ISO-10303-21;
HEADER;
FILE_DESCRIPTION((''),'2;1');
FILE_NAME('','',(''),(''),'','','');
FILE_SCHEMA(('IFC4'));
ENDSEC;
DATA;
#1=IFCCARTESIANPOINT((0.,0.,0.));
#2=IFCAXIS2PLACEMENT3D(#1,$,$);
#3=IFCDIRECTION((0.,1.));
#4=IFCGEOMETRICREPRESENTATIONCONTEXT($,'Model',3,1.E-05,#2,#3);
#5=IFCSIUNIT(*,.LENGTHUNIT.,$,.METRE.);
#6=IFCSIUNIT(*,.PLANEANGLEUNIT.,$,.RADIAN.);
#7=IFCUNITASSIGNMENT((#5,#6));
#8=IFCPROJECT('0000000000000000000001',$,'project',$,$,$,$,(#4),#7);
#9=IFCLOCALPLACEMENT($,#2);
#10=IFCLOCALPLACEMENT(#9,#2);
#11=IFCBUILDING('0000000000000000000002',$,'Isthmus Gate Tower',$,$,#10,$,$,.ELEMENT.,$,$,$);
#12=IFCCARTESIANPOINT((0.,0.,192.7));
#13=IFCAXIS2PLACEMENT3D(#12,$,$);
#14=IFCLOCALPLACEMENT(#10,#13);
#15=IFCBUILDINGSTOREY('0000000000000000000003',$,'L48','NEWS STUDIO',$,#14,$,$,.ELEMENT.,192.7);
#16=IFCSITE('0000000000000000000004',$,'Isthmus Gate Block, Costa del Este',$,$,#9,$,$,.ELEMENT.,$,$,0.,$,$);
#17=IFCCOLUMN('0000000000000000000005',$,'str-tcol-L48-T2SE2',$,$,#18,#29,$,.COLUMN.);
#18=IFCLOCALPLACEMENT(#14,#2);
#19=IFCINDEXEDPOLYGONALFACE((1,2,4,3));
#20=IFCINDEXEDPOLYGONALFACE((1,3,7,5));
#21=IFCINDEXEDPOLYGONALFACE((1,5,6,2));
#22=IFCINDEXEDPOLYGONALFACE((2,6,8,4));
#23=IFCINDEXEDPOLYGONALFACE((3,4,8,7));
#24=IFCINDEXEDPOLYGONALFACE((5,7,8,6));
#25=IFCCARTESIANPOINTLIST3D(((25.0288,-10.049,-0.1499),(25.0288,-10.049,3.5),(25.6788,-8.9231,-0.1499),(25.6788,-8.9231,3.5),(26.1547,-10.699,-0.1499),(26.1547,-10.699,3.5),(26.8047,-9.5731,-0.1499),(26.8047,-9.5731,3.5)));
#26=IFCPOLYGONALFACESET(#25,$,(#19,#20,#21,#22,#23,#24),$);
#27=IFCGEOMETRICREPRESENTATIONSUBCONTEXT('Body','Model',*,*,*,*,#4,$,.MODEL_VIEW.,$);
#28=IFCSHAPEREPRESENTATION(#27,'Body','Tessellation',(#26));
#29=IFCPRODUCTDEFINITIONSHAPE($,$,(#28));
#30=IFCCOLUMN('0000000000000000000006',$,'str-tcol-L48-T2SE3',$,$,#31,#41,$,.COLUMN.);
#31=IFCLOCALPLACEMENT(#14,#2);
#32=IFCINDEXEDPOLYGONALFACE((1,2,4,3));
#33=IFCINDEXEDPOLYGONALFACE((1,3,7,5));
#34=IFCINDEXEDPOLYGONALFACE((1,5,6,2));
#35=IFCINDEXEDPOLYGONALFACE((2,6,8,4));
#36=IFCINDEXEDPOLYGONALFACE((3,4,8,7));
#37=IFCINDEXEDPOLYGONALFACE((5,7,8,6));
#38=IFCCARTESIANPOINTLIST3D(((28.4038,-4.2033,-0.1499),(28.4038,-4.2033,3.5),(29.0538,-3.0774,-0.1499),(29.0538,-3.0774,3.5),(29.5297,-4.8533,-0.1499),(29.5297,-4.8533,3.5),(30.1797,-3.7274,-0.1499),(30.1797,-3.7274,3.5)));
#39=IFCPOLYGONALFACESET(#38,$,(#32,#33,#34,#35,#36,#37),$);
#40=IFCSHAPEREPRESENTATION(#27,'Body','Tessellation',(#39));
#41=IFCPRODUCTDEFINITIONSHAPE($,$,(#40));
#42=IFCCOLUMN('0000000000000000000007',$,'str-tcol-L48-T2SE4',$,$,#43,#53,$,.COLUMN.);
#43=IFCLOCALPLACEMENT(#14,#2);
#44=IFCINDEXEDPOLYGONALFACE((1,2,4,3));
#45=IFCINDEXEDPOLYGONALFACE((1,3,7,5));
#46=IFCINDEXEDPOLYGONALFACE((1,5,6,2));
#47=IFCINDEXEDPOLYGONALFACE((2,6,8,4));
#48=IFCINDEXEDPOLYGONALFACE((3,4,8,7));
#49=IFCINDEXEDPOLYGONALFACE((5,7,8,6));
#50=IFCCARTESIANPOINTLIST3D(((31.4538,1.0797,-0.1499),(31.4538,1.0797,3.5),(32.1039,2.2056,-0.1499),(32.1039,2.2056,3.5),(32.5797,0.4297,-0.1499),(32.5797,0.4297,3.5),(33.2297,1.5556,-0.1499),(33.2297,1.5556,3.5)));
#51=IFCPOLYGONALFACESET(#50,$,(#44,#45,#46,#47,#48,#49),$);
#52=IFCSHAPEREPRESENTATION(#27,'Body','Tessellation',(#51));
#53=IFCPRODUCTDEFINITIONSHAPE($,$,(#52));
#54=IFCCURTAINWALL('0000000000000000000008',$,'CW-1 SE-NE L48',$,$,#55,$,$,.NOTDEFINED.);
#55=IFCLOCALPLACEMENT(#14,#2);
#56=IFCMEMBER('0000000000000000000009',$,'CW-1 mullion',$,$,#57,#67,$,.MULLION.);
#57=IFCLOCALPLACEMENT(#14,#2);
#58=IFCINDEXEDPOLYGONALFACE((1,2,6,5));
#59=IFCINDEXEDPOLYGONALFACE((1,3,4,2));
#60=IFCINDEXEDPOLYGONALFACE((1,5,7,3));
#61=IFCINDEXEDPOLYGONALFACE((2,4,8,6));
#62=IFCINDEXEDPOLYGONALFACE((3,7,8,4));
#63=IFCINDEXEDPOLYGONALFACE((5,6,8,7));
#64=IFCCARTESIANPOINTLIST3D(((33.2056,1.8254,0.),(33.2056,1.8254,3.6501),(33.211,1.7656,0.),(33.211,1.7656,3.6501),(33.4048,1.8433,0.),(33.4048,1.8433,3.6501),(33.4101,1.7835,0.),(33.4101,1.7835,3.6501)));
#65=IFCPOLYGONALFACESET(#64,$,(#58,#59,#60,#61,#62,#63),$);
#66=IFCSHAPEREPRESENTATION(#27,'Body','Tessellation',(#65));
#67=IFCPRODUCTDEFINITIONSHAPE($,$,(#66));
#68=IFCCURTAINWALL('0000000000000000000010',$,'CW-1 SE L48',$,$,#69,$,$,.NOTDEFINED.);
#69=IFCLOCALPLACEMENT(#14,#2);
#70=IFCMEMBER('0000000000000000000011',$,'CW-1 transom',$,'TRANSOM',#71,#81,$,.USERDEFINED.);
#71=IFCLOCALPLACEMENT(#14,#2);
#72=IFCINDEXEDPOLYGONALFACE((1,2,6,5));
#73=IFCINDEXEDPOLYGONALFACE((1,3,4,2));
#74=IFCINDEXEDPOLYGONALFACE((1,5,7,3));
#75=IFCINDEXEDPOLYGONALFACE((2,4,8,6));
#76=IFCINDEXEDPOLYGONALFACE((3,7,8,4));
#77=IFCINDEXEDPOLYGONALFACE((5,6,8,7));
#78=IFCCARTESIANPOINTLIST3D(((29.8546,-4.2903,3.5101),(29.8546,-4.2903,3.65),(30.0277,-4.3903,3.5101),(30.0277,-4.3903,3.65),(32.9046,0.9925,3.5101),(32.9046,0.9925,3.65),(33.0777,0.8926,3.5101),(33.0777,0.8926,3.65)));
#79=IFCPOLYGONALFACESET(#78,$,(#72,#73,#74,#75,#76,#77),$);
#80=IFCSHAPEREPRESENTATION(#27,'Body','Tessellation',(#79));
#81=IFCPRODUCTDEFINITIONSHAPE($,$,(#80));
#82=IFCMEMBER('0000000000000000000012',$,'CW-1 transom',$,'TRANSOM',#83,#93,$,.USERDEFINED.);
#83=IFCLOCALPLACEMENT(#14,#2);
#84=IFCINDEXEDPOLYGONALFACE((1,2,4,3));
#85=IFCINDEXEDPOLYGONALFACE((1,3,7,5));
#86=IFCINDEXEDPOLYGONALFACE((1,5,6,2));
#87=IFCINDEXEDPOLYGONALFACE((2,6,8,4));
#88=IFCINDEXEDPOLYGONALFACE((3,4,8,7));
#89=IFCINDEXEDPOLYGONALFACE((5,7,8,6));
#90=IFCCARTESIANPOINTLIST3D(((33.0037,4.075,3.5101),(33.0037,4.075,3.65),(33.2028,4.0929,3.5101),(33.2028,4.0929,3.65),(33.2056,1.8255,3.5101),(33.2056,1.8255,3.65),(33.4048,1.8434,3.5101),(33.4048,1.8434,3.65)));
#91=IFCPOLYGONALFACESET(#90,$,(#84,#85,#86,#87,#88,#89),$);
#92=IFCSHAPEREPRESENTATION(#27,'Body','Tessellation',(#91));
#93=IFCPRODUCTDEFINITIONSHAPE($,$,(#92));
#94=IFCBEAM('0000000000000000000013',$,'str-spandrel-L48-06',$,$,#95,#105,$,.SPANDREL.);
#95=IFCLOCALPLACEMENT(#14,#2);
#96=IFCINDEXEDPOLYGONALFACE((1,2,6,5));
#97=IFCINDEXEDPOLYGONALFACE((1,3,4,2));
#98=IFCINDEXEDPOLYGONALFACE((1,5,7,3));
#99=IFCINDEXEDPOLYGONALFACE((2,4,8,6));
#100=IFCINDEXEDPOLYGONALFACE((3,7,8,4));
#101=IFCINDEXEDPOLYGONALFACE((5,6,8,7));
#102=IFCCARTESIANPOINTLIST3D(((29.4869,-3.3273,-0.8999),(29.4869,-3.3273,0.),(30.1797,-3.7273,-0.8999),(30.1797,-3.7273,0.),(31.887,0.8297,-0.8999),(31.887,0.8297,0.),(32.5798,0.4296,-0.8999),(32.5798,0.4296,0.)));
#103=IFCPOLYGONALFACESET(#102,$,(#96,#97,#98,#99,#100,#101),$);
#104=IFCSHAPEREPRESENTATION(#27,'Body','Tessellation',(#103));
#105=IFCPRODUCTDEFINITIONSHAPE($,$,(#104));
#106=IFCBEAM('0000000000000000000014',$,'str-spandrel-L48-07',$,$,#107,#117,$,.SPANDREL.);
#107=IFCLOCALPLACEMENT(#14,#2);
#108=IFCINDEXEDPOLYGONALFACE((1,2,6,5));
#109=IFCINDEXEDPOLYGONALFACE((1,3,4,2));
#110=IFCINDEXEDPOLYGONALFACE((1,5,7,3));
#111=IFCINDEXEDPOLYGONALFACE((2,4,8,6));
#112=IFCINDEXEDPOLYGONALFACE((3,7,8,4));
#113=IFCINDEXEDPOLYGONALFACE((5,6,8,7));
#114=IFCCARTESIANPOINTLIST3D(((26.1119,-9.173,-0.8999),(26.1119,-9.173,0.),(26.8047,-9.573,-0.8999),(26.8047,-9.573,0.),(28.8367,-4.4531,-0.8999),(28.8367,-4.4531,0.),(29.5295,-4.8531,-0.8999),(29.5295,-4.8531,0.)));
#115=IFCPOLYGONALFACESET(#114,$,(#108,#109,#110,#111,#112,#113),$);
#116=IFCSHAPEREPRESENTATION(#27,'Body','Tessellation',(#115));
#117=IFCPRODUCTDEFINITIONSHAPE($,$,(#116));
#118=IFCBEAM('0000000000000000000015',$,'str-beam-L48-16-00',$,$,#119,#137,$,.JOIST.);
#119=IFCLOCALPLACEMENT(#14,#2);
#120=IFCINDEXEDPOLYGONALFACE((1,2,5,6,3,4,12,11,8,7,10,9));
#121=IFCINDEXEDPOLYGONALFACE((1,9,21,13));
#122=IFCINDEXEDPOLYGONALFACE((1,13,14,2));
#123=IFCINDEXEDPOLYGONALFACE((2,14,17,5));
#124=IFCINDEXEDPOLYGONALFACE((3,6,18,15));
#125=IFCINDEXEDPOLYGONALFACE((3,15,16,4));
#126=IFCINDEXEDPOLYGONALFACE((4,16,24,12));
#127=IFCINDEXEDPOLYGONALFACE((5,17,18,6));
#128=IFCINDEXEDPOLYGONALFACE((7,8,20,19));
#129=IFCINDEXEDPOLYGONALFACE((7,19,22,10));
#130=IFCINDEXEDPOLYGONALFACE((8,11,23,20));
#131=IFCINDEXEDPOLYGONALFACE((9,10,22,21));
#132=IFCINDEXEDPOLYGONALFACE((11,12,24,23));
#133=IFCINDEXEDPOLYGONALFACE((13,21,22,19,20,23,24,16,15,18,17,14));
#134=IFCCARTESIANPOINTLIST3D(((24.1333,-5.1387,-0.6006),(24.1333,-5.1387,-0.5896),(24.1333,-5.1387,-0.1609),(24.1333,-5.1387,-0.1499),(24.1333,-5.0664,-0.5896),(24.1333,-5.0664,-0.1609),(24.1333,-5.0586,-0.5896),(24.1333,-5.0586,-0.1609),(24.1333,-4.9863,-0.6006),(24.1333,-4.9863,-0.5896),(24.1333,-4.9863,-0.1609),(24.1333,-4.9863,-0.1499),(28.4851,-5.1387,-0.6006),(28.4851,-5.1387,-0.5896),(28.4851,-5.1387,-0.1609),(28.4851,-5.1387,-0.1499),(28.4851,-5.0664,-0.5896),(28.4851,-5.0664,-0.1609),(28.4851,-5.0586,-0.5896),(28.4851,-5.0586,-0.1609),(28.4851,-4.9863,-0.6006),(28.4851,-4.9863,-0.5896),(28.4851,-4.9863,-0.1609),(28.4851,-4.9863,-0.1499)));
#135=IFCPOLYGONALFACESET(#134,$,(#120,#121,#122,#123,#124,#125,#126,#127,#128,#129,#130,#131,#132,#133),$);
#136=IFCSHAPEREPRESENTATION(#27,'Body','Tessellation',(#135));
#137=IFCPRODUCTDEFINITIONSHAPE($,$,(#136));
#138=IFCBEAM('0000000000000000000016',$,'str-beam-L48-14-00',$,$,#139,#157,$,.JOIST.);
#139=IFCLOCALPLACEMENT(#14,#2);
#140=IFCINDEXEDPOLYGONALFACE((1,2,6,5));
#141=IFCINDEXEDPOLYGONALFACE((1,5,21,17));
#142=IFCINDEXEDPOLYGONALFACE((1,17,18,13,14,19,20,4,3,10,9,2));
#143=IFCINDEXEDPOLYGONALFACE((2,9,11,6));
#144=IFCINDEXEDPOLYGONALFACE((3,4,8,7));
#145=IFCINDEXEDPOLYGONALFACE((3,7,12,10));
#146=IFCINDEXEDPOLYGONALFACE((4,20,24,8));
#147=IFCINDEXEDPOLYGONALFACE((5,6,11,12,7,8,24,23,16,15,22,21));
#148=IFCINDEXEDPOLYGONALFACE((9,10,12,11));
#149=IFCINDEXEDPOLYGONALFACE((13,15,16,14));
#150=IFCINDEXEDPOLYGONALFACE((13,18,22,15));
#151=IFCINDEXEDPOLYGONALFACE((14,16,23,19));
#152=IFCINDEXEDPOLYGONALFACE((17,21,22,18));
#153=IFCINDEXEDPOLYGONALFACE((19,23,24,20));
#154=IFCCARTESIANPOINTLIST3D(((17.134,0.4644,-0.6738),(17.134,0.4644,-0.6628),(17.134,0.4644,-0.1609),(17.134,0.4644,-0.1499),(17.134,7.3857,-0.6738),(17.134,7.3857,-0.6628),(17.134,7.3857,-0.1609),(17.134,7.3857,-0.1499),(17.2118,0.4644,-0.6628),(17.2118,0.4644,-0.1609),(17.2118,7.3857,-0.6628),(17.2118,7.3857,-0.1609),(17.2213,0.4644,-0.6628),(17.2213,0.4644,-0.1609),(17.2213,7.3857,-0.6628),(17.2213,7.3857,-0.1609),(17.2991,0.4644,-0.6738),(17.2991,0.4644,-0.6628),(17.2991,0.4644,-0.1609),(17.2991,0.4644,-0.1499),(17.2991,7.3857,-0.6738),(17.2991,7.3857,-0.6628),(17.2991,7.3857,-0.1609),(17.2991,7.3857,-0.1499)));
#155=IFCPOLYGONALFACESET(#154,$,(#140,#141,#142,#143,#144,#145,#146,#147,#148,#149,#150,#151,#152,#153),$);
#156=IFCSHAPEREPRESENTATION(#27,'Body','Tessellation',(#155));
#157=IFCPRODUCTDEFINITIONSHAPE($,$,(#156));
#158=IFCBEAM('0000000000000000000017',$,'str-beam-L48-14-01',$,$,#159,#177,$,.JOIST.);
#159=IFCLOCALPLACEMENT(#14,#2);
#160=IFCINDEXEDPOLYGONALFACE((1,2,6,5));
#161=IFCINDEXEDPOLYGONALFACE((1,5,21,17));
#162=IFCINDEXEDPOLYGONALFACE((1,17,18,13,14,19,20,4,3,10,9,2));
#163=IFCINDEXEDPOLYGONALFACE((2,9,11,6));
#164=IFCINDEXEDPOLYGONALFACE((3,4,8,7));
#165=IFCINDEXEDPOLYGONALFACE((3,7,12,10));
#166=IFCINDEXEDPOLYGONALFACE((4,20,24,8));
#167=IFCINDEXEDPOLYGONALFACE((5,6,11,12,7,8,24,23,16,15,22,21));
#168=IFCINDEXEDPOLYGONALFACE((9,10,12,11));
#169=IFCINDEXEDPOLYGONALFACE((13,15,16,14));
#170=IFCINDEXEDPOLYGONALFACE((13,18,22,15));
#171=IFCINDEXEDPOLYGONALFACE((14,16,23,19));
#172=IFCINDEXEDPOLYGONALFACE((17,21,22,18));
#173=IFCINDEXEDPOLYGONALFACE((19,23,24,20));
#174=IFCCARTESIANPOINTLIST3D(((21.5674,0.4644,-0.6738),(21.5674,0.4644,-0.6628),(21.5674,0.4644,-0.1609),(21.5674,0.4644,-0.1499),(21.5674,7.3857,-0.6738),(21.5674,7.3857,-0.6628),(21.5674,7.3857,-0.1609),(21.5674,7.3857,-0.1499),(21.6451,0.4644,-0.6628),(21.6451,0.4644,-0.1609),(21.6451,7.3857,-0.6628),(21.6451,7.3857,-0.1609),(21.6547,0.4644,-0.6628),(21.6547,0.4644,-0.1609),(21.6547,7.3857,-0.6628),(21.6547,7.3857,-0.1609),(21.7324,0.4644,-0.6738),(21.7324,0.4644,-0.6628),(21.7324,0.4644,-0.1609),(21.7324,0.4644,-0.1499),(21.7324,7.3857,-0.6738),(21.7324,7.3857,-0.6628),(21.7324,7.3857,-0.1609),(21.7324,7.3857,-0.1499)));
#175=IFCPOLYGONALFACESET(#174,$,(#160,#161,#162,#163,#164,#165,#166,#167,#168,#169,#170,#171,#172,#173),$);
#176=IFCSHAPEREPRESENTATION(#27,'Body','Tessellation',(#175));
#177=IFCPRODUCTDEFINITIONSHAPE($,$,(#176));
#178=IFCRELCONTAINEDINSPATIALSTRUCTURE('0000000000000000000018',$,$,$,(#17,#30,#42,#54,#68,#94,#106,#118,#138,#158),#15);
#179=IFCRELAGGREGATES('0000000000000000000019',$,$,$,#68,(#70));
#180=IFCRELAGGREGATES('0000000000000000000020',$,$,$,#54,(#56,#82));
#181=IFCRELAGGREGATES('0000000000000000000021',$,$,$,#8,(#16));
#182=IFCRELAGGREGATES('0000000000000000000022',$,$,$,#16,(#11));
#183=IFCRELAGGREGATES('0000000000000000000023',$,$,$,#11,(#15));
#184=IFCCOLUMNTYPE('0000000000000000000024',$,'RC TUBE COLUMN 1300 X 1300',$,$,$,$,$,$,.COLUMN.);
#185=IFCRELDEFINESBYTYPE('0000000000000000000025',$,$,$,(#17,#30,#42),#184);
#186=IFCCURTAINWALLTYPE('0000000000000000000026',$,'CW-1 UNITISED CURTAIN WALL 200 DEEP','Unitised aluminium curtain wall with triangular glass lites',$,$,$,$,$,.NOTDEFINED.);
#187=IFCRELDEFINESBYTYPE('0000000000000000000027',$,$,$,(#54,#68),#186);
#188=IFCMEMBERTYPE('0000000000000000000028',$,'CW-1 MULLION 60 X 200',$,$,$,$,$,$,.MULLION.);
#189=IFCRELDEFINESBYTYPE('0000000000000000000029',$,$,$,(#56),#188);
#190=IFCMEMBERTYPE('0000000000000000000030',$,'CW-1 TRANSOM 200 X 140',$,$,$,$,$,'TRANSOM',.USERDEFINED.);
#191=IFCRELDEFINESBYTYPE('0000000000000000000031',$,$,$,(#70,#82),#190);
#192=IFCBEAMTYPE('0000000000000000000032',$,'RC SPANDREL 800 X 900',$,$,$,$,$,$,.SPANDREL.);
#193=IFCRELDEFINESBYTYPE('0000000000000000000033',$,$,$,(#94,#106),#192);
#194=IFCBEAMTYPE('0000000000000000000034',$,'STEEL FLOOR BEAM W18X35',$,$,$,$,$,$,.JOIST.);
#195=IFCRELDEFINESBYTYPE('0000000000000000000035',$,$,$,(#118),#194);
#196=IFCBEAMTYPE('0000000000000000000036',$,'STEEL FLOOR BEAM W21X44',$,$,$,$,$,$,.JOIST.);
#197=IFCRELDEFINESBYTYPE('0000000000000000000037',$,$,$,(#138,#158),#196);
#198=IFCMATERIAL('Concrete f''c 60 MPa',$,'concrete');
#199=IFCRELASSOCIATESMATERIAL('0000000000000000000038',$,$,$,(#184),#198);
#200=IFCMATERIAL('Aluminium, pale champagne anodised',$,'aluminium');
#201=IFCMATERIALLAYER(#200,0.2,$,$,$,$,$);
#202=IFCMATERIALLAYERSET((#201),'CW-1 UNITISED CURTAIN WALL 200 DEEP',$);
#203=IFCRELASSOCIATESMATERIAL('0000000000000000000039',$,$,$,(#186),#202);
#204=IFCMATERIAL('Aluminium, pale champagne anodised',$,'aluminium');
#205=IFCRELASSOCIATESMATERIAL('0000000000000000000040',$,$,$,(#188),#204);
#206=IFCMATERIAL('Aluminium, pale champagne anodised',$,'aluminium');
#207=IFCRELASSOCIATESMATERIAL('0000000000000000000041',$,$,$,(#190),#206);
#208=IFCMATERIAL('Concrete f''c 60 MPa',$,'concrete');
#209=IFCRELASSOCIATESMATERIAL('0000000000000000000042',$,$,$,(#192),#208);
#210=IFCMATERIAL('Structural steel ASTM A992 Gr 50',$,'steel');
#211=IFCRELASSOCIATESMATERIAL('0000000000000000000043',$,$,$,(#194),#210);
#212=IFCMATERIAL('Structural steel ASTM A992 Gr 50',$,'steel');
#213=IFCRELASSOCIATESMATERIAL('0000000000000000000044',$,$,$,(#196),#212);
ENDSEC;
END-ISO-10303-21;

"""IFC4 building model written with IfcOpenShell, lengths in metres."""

from ifc_helpers import new_model, si_unit, direction, frame, origin, origin_2d, place, context, subcontext, project, spatial, rectangle, i_section, extrude, material, layer, layer_set, material_profile, profile_set, type_object, element, aggregate, save


model = new_model("IFC4")

# Units and contexts
model_context = context("Model", 3, precision=1e-05, world=origin(), true_north=direction((0.0, 1.0)))
body_context = subcontext(model_context, "Body", "Model", "MODEL_VIEW")
ifc_project = project(units=[si_unit("LENGTHUNIT", "METRE"), si_unit("PLANEANGLEUNIT", "RADIAN")], contexts=[model_context])

# Site, building, storey
site_placement = place(None, origin())
site = spatial("IfcSite", under=ifc_project, at=site_placement, Name="Isthmus Gate Block, Costa del Este", CompositionType="ELEMENT", RefElevation=0.0)
building_placement = place(site_placement, origin())
building = spatial("IfcBuilding", under=site, at=building_placement, Name="Isthmus Gate Tower", CompositionType="ELEMENT")
storey_placement = place(building_placement, frame((0.0, 0.0, 192.7)))
storey = spatial("IfcBuildingStorey", under=building, at=storey_placement, Name="L48", Description="NEWS STUDIO", CompositionType="ELEMENT", Elevation=192.7)

# Columns
ifc_material_1 = material(Name="Concrete f'c 60 MPa", Category="concrete")
ifc_material_profile_1 = material_profile(ifc_material_1, rectangle(XDim=1.3, YDim=1.3, at=origin_2d()), Name="RC 1300X1300")
ifc_profile_set_1 = profile_set([ifc_material_profile_1], Name="Concrete f'c 60 MPa")
column_type = type_object("IfcColumnType", Name="RC TUBE COLUMN 1300 X 1300", PredefinedType="COLUMN", material=ifc_profile_set_1)
for number, where, z_axis, x_axis, name in (
    (1, (25.9167, -9.811, -0.1499), (0.0, 0.0, 1.0), (0.5, 0.866025, 0.0), "str-tcol-L48-T2SE2"),
    (2, (29.2917, -3.9653, -0.1499), (0.0, 0.0, 1.0), (0.5, 0.866025, 0.0), "str-tcol-L48-T2SE3"),
    (3, (32.3418, 1.3176, -0.1499), (0.0, 0.0, 1.0), (0.5, 0.866025, 0.0), "str-tcol-L48-T2SE4"),
):
    element("IfcColumn", number, at=place(storey_placement, frame(where, z_axis=z_axis, x_axis=x_axis)), inside=storey, type_object=column_type, Name=name, PredefinedType="COLUMN", context=body_context, shape_type="SweptSolid", body=[
        extrude(rectangle(XDim=1.3, YDim=1.3, at=origin_2d()), origin(), (0.0, 0.0, 1.0), 3.6499),
    ])

# Curtain walls, members
ifc_material_2 = material(Name="Aluminium, pale champagne anodised", Category="aluminium")
ifc_layer_1 = layer(ifc_material_2, 0.2)
ifc_layer_set_1 = layer_set([ifc_layer_1], Name="CW-1 UNITISED CURTAIN WALL 200 DEEP")
curtain_wall_type = type_object("IfcCurtainWallType", Name="CW-1 UNITISED CURTAIN WALL 200 DEEP", Description="Unitised aluminium curtain wall with triangular glass lites", PredefinedType="NOTDEFINED", material=ifc_layer_set_1)
curtain_wall_1_placement = place(storey_placement, origin())
curtain_wall_1 = element("IfcCurtainWall", 4, at=curtain_wall_1_placement, inside=storey, type_object=curtain_wall_type, Name="CW-1 SE-NE L48", PredefinedType="NOTDEFINED")
ifc_material_3 = material(Name="Aluminium, pale champagne anodised", Category="aluminium")
ifc_material_profile_2 = material_profile(ifc_material_3, rectangle(XDim=0.0601, YDim=0.2, at=origin_2d()), Name="60x200")
ifc_profile_set_2 = profile_set([ifc_material_profile_2], Name="Aluminium, pale champagne anodised")
member_type_1 = type_object("IfcMemberType", Name="CW-1 MULLION 60 X 200", PredefinedType="MULLION", material=ifc_profile_set_2)
member_1_placement = place(storey_placement, frame((33.3079, 1.8044, 0.0), z_axis=(0.0, 0.0, 1.0), x_axis=(-0.089397, 0.995996, 0.0)))
member_1 = element("IfcMember", 5, at=member_1_placement, type_object=member_type_1, Name="CW-1 mullion", PredefinedType="MULLION", context=body_context, shape_type="SweptSolid", body=[
    extrude(rectangle(XDim=0.0601, YDim=0.2, at=origin_2d()), origin(), (0.0, 0.0, 1.0), 3.6501),
])
curtain_wall_2_placement = place(storey_placement, origin())
curtain_wall_2 = element("IfcCurtainWall", 6, at=curtain_wall_2_placement, inside=storey, type_object=curtain_wall_type, Name="CW-1 SE L48", PredefinedType="NOTDEFINED")
ifc_material_4 = material(Name="Aluminium, pale champagne anodised", Category="aluminium")
ifc_material_profile_3 = material_profile(ifc_material_4, rectangle(XDim=0.2, YDim=0.1399, at=origin_2d()), Name="200x140")
ifc_profile_set_3 = profile_set([ifc_material_profile_3], Name="Aluminium, pale champagne anodised")
member_type_2 = type_object("IfcMemberType", Name="CW-1 TRANSOM 200 X 140", ElementType="TRANSOM", PredefinedType="USERDEFINED", material=ifc_profile_set_3)
member_2_placement = place(storey_placement, frame((29.9412, -4.3403, 3.5801), z_axis=(0.499992, 0.86603, 0.0), x_axis=(-0.86603, 0.499992, 0.0)))
member_2 = element("IfcMember", 7, at=member_2_placement, type_object=member_type_2, Name="CW-1 transom", ObjectType="TRANSOM", PredefinedType="USERDEFINED", context=body_context, shape_type="SweptSolid", body=[
    extrude(rectangle(XDim=0.2, YDim=0.1399, at=origin_2d()), origin(), (0.0, 0.0, 1.0), 6.1001),
])

# Member
member_3_placement = place(storey_placement, frame((33.3052, 1.8345, 3.5801), z_axis=(-0.089395, 0.995996, 0.0), x_axis=(-0.995996, -0.089395, 0.0)))
member_3 = element("IfcMember", 8, at=member_3_placement, type_object=member_type_2, Name="CW-1 transom", ObjectType="TRANSOM", PredefinedType="USERDEFINED", context=body_context, shape_type="SweptSolid", body=[
    extrude(rectangle(XDim=0.2, YDim=0.1399, at=origin_2d()), origin(), (0.0, 0.0, 1.0), 2.2585),
])

# Beams
ifc_material_5 = material(Name="Concrete f'c 60 MPa", Category="concrete")
ifc_material_profile_4 = material_profile(ifc_material_5, rectangle(XDim=0.8, YDim=0.8999, at=origin_2d()), Name="RC 800X900")
ifc_profile_set_4 = profile_set([ifc_material_profile_4], Name="Concrete f'c 60 MPa")
beam_type_1 = type_object("IfcBeamType", Name="RC SPANDREL 800 X 900", PredefinedType="SPANDREL", material=ifc_profile_set_4)
beam_1_placement = place(storey_placement, frame((32.2334, 0.6296, -0.45), z_axis=(-0.500017, -0.866015, 0.0), x_axis=(0.866015, -0.500017, 0.0)))
element("IfcBeam", 9, at=beam_1_placement, inside=storey, type_object=beam_type_1, Name="str-spandrel-L48-06", PredefinedType="SPANDREL", context=body_context, shape_type="SweptSolid", body=[
    extrude(rectangle(XDim=0.8, YDim=0.8999, at=origin_2d()), origin(), (0.0, 0.0, 1.0), 4.8),
])
beam_2_placement = place(storey_placement, frame((29.1831, -4.6531, -0.45), z_axis=(-0.499969, -0.866043, 0.0), x_axis=(0.866043, -0.499969, 0.0)))
element("IfcBeam", 10, at=beam_2_placement, inside=storey, type_object=beam_type_1, Name="str-spandrel-L48-07", PredefinedType="SPANDREL", context=body_context, shape_type="SweptSolid", body=[
    extrude(rectangle(XDim=0.8, YDim=0.8999, at=origin_2d()), origin(), (0.0, 0.0, 1.0), 5.45),
])
ifc_material_6 = material(Name="Structural steel ASTM A992 Gr 50", Category="steel")
ifc_material_profile_5 = material_profile(ifc_material_6, i_section(OverallWidth=0.1523, OverallDepth=0.4507, WebThickness=0.0078, FlangeThickness=0.011, at=origin_2d()), Name="W18X35")
ifc_profile_set_5 = profile_set([ifc_material_profile_5], Name="Structural steel ASTM A992 Gr 50")
beam_type_2 = type_object("IfcBeamType", Name="STEEL FLOOR BEAM W18X35", PredefinedType="JOIST", material=ifc_profile_set_5)
beam_3_placement = place(storey_placement, frame((24.1333, -5.0625, -0.3752), z_axis=(1.0, 0.0, 0.0), x_axis=(0.0, 1.0, 0.0)))
element("IfcBeam", 11, at=beam_3_placement, inside=storey, type_object=beam_type_2, Name="str-beam-L48-16-00", PredefinedType="JOIST", context=body_context, shape_type="SweptSolid", body=[
    extrude(i_section(OverallWidth=0.1523, OverallDepth=0.4507, WebThickness=0.0078, FlangeThickness=0.011, at=origin_2d()), origin(), (0.0, 0.0, 1.0), 4.3518),
])
ifc_material_7 = material(Name="Structural steel ASTM A992 Gr 50", Category="steel")
ifc_material_profile_6 = material_profile(ifc_material_7, i_section(OverallWidth=0.165, OverallDepth=0.5239, WebThickness=0.0095, FlangeThickness=0.011, at=origin_2d()), Name="W21X44")
ifc_profile_set_6 = profile_set([ifc_material_profile_6], Name="Structural steel ASTM A992 Gr 50")
beam_type_3 = type_object("IfcBeamType", Name="STEEL FLOOR BEAM W21X44", PredefinedType="JOIST", material=ifc_profile_set_6)
for number, where, z_axis, x_axis, name in (
    (12, (17.2166, 0.4644, -0.4119), (0.0, 1.0, 0.0), (-1.0, 0.0, 0.0), "str-beam-L48-14-00"),
    (13, (21.6499, 0.4644, -0.4119), (0.0, 1.0, 0.0), (-1.0, 0.0, 0.0), "str-beam-L48-14-01"),
):
    element("IfcBeam", number, at=place(storey_placement, frame(where, z_axis=z_axis, x_axis=x_axis)), inside=storey, type_object=beam_type_3, Name=name, PredefinedType="JOIST", context=body_context, shape_type="SweptSolid", body=[
        extrude(i_section(OverallWidth=0.165, OverallDepth=0.5239, WebThickness=0.0095, FlangeThickness=0.011, at=origin_2d()), origin(), (0.0, 0.0, 1.0), 6.9214),
    ])

aggregate(curtain_wall_2, [member_2])
aggregate(curtain_wall_1, [member_1, member_3])

save(model, "model.ifc")
